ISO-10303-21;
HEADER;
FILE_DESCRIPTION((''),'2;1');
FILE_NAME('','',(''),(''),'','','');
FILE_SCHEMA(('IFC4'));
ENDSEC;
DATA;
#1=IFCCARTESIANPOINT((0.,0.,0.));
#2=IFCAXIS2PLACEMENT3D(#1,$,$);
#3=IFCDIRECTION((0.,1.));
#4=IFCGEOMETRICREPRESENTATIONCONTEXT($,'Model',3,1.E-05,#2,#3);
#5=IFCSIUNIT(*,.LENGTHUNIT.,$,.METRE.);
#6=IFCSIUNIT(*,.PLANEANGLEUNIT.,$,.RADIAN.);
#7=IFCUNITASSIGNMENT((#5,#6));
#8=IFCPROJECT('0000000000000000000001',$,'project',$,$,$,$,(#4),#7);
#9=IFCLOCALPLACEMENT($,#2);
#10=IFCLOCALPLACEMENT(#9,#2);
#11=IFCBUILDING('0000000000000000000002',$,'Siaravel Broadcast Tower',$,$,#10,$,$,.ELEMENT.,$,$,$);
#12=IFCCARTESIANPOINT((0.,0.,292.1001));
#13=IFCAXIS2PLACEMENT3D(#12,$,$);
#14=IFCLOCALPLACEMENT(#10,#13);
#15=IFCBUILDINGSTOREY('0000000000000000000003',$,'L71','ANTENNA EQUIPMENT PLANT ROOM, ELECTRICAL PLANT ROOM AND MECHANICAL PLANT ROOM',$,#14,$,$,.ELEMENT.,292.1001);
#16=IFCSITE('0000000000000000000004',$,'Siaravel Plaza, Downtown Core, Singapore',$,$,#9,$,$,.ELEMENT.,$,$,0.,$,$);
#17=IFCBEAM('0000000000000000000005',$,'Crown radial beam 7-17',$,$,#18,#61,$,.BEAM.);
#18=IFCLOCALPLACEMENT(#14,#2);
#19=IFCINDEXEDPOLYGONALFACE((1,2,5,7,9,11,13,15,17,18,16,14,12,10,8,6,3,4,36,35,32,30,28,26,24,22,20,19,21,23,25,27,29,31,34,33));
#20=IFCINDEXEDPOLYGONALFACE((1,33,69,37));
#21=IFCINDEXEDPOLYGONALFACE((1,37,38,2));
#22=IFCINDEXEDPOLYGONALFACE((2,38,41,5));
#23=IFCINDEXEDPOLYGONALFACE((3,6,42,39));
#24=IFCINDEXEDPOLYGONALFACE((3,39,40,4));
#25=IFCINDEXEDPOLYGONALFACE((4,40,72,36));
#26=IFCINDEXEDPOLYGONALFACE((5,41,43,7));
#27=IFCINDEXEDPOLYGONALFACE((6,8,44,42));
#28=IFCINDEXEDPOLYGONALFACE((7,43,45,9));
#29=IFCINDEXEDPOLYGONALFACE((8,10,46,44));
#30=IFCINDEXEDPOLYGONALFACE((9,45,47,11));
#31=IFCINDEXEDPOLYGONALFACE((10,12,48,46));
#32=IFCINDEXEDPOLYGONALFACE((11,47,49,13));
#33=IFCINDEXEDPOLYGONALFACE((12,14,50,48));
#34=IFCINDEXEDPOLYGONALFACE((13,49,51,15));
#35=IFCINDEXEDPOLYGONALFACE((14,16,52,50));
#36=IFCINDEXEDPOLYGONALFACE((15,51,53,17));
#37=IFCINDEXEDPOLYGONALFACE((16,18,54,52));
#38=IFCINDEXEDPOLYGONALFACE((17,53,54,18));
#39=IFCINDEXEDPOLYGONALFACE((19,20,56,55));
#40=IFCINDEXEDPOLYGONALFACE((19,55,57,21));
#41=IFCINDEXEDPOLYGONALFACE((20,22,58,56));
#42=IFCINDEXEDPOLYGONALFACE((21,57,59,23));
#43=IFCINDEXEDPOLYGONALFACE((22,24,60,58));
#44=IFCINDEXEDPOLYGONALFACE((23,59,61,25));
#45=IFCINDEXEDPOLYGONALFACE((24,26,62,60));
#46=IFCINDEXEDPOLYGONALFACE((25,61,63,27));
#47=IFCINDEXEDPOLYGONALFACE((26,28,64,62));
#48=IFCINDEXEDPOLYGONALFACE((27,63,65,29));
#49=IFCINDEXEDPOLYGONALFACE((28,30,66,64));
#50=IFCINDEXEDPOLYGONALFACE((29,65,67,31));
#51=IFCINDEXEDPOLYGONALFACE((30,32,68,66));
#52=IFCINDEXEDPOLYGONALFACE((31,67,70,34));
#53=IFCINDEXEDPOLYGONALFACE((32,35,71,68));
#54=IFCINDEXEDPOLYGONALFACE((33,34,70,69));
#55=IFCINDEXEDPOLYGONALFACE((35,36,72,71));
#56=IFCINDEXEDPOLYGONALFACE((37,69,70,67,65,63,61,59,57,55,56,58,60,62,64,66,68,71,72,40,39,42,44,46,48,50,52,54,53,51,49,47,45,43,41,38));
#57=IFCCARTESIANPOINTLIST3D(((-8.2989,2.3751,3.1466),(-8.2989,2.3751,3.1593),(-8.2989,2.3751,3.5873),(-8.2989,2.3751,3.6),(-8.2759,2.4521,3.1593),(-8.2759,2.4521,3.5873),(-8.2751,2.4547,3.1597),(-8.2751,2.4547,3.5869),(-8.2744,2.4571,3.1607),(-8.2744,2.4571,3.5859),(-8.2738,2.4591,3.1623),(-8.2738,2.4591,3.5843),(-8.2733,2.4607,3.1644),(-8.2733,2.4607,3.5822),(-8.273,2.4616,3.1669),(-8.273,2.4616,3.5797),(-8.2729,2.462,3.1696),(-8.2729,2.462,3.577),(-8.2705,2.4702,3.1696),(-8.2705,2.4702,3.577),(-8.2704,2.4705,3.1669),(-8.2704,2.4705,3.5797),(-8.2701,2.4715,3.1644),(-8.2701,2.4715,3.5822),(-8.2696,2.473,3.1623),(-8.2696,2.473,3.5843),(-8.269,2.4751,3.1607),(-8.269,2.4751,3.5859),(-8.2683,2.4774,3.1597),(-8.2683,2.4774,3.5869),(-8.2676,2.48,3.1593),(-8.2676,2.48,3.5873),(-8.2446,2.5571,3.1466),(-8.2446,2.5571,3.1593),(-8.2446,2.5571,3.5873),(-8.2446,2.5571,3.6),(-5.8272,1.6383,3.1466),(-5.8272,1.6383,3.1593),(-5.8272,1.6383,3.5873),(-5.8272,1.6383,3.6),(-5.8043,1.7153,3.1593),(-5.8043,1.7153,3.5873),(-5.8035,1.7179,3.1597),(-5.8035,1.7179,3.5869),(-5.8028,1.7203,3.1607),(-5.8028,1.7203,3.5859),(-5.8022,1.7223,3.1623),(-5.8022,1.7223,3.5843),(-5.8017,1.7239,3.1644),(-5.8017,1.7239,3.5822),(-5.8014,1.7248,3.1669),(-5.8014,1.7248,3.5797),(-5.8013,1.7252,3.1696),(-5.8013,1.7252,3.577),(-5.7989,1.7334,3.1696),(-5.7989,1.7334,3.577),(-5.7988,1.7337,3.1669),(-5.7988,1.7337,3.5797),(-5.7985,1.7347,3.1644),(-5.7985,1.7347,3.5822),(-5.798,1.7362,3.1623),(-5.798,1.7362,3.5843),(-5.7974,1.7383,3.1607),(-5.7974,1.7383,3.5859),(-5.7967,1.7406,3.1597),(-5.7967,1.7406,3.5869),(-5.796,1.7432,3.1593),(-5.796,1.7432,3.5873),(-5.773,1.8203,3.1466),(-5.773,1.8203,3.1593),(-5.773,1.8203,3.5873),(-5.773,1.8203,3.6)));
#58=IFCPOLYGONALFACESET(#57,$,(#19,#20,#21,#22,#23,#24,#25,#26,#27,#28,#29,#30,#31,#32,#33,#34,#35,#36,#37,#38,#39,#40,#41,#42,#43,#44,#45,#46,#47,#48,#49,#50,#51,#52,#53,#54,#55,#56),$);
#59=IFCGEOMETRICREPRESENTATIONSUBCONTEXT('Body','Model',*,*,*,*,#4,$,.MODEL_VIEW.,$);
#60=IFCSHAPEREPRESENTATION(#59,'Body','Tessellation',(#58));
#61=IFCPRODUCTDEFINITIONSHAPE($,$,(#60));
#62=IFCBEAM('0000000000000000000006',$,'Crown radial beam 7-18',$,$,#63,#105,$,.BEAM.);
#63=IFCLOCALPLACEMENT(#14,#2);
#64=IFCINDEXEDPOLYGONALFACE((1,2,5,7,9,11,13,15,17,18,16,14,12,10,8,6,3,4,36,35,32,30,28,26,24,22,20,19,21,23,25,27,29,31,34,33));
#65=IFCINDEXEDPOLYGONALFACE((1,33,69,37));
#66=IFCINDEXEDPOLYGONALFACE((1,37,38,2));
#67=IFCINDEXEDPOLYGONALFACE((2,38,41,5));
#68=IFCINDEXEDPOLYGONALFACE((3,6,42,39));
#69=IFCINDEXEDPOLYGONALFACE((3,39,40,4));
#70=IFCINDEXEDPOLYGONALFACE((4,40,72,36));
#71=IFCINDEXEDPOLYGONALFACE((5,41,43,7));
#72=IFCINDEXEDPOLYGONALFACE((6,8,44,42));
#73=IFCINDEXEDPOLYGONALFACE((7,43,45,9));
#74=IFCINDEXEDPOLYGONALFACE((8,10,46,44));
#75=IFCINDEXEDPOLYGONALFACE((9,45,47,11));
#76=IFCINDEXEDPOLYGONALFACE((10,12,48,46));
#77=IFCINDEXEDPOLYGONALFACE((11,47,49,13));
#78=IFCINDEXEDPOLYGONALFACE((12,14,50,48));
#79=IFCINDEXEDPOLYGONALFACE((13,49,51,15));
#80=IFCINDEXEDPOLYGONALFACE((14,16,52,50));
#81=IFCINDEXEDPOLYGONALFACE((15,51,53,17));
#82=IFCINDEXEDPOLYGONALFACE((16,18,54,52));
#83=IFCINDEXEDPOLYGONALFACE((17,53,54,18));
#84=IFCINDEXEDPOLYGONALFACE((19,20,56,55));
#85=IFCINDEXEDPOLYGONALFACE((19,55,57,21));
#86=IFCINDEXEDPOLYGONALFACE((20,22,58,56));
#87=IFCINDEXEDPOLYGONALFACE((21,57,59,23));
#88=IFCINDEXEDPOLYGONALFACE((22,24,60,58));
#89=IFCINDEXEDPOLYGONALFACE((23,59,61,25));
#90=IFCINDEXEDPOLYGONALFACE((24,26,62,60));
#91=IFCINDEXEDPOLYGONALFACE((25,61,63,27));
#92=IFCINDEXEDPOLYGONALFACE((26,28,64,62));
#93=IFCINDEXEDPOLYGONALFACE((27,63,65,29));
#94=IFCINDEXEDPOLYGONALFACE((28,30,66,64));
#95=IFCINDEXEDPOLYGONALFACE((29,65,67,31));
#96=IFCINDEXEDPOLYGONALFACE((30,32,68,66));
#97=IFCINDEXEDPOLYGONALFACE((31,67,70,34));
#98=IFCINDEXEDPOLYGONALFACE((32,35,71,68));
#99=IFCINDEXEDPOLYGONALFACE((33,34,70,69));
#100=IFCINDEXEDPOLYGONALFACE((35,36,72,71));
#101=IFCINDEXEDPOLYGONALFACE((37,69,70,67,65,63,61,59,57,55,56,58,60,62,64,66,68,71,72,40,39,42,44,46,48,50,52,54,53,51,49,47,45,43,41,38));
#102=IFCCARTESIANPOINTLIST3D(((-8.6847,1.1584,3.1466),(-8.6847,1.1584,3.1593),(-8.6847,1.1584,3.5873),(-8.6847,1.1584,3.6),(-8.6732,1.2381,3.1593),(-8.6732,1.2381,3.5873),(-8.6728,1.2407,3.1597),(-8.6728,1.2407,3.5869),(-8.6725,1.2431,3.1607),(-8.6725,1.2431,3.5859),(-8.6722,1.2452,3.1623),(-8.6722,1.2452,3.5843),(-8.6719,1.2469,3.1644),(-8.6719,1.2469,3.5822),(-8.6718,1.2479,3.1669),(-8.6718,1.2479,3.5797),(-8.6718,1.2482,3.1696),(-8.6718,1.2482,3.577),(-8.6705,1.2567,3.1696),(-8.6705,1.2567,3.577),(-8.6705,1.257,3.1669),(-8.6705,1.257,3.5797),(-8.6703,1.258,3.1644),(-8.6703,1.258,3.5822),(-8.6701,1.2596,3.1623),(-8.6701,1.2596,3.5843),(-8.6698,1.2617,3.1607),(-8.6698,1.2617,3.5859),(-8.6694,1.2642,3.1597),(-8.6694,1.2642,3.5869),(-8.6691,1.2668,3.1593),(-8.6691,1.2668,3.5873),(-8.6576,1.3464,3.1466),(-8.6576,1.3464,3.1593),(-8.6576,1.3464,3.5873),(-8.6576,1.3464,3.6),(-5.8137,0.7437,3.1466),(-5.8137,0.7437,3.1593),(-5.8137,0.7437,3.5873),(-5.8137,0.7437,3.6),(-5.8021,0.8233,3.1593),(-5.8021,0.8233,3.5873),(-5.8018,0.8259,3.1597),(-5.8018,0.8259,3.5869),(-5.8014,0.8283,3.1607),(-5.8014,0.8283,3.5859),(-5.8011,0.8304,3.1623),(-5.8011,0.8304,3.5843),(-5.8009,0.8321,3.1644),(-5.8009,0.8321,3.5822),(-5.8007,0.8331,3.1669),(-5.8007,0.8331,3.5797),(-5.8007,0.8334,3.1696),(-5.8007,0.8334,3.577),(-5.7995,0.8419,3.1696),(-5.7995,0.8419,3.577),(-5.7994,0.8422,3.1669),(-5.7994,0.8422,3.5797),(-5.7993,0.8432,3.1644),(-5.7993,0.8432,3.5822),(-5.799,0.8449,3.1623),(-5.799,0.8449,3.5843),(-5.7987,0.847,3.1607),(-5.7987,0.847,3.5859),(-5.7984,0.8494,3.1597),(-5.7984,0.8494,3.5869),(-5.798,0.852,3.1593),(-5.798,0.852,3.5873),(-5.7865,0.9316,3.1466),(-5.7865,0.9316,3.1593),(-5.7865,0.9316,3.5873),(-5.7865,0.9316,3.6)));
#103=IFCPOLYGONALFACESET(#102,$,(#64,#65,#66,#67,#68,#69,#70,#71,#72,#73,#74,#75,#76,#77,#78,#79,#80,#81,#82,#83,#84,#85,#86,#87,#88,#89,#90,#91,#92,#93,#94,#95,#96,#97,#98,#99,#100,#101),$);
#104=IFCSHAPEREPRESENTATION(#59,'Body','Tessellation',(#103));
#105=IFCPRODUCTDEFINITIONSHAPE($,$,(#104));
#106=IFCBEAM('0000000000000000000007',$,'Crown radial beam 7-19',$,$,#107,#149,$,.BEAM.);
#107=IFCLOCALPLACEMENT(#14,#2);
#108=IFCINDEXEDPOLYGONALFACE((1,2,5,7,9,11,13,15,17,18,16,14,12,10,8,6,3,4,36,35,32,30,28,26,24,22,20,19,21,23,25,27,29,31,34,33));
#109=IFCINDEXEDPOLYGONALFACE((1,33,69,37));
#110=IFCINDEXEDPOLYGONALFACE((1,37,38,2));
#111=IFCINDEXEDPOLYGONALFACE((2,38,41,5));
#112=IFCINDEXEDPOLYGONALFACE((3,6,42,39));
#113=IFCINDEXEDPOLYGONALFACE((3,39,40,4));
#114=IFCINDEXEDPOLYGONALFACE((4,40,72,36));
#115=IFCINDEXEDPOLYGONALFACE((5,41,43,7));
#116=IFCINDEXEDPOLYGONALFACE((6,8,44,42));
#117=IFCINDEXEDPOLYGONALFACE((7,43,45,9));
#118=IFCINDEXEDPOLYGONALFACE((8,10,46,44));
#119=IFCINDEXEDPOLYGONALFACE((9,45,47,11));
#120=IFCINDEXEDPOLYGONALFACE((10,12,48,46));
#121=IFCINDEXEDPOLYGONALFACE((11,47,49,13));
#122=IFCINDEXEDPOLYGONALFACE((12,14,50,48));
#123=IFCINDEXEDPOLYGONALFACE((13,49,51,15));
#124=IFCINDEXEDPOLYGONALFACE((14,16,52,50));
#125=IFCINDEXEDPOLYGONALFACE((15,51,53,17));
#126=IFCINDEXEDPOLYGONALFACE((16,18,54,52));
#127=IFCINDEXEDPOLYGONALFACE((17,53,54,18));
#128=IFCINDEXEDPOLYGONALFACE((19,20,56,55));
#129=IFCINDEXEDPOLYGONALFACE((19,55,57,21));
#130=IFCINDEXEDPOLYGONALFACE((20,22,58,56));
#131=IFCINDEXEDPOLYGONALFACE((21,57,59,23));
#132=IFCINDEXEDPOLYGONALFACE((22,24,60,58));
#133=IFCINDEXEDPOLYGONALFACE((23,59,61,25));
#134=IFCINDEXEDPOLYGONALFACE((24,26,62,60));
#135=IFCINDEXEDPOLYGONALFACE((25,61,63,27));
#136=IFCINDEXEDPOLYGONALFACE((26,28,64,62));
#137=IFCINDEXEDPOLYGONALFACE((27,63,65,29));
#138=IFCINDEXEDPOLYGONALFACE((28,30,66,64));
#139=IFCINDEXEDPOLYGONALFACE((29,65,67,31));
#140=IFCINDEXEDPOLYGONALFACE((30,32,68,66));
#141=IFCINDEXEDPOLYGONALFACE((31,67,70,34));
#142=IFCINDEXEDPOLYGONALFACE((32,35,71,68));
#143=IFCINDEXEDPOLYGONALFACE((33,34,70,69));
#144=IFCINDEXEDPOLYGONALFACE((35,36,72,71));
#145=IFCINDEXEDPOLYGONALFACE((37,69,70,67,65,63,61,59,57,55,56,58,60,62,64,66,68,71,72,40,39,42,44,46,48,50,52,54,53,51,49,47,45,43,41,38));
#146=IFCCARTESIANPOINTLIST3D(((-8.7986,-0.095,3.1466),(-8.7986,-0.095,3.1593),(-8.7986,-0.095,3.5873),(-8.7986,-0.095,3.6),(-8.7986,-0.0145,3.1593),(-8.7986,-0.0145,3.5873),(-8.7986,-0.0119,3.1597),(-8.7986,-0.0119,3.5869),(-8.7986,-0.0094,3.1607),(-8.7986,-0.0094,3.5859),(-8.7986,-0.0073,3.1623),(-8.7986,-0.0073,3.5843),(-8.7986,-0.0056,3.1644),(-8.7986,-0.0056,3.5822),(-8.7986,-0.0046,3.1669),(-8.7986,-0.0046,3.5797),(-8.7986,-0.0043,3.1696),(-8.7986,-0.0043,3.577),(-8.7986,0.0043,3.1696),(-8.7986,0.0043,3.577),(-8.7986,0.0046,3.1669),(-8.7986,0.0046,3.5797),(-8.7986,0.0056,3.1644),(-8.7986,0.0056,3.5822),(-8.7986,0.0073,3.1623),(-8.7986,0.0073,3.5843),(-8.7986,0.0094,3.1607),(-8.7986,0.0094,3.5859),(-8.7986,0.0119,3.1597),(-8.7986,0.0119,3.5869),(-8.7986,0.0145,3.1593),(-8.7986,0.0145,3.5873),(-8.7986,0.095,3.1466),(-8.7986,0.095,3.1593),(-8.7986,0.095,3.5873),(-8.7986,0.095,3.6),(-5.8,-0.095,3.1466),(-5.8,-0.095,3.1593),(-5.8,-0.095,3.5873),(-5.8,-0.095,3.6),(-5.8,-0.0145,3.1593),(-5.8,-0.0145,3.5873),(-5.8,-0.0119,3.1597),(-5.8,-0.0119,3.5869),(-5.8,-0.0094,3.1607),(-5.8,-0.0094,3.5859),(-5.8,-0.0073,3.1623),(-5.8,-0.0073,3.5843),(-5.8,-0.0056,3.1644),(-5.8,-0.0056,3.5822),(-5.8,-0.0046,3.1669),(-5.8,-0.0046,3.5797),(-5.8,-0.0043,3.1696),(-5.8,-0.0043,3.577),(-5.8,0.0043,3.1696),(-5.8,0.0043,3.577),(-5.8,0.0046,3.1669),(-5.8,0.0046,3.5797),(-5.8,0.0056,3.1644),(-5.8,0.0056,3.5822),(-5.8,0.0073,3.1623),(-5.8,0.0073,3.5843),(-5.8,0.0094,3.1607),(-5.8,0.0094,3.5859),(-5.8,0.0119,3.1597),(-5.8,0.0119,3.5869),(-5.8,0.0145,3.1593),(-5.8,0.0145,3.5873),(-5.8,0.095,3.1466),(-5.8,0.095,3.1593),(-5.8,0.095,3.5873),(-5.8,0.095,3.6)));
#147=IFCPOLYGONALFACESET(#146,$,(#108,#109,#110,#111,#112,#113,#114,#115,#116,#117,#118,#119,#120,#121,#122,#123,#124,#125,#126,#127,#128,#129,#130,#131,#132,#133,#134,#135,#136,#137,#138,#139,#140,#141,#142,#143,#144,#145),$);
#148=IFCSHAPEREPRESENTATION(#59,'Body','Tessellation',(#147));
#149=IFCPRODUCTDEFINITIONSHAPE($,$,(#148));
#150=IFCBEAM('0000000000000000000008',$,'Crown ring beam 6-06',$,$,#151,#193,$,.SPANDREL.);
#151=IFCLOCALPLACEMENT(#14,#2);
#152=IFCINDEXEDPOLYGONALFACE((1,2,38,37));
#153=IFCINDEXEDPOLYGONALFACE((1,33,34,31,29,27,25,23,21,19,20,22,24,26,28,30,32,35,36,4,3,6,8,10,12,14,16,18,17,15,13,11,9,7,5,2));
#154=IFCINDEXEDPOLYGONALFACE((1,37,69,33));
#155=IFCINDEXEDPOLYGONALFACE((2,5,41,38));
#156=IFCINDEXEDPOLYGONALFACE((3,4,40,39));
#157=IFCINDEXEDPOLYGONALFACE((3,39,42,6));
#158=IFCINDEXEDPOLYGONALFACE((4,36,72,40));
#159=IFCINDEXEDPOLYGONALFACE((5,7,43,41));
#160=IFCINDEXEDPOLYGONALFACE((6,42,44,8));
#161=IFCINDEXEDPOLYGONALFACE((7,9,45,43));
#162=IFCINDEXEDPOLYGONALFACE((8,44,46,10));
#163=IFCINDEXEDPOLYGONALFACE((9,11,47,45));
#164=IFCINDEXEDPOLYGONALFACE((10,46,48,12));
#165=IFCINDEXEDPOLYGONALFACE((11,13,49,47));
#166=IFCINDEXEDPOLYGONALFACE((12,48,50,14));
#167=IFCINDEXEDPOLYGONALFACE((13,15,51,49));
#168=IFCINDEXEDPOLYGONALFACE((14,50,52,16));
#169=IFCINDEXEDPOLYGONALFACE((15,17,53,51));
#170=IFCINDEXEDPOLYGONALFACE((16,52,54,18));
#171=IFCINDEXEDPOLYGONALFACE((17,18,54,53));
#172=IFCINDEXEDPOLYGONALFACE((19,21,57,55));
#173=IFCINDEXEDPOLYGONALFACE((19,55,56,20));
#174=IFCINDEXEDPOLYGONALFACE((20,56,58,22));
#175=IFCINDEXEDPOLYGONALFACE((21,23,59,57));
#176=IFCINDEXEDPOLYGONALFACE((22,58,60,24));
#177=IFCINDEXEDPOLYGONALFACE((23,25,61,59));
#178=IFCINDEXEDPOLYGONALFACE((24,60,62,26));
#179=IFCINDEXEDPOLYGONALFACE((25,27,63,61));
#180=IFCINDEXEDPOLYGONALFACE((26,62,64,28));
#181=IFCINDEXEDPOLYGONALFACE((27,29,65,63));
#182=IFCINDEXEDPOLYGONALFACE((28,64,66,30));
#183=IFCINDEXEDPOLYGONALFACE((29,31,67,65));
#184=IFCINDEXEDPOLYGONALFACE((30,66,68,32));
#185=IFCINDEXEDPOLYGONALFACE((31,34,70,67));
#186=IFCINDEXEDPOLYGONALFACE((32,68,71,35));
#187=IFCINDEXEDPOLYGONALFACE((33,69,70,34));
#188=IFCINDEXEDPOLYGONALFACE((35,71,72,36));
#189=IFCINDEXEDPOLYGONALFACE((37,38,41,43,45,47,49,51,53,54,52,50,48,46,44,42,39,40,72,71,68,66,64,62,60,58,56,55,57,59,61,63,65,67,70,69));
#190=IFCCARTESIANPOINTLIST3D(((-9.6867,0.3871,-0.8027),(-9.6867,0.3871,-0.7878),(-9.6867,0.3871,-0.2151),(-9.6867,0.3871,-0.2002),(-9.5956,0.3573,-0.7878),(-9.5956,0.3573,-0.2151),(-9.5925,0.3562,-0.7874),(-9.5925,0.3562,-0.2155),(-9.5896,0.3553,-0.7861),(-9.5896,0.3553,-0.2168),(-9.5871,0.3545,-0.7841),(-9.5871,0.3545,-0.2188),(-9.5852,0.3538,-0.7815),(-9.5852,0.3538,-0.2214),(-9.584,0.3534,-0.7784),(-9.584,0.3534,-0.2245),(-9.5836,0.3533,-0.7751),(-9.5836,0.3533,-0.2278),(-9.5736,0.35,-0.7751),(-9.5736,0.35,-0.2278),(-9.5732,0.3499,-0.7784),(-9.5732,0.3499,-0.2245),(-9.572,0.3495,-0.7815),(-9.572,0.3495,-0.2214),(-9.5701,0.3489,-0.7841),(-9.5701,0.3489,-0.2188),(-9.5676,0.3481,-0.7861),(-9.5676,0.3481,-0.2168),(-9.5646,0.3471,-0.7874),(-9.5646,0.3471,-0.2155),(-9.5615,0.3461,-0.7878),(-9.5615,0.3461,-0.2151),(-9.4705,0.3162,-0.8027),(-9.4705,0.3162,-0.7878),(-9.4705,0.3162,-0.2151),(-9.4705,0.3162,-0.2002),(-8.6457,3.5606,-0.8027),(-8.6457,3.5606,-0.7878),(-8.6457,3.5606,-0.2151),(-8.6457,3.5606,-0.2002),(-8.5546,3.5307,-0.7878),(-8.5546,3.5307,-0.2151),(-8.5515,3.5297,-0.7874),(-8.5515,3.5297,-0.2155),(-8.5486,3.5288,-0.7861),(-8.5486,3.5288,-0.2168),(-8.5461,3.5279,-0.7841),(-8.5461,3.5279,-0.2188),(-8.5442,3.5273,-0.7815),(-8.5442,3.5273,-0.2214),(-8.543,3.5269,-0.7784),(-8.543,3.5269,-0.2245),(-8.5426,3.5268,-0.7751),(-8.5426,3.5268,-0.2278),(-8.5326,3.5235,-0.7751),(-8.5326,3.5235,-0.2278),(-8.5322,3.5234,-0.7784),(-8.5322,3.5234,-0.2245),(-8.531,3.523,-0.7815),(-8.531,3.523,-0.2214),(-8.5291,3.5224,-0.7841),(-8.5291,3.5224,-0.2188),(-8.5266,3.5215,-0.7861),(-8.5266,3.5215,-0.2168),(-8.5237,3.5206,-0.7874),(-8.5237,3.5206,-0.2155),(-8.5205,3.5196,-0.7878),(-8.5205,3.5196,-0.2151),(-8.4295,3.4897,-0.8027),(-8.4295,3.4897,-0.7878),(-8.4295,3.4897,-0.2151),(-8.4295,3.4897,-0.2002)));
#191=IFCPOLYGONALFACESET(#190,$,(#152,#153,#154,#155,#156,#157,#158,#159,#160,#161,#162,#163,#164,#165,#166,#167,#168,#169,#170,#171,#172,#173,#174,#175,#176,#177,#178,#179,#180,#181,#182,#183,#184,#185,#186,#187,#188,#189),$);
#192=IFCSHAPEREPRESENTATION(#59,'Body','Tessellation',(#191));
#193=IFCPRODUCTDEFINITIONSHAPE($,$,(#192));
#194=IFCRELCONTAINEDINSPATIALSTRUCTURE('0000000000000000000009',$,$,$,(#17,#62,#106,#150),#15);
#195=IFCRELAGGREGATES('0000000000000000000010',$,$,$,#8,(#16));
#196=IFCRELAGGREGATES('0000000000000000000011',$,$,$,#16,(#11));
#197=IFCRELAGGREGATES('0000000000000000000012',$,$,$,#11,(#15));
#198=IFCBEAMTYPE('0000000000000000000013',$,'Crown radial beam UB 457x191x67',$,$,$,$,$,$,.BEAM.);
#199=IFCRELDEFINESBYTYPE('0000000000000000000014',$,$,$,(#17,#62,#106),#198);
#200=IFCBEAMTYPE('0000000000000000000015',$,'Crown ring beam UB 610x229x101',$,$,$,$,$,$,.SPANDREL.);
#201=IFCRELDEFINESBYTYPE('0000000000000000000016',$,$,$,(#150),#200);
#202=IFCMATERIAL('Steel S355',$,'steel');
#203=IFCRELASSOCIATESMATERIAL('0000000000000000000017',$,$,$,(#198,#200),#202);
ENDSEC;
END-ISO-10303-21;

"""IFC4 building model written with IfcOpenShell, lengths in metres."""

from ifc_helpers import new_model, si_unit, direction, frame, origin, origin_2d, place, context, subcontext, project, spatial, i_section, extrude, material, material_profile, profile_set, type_object, element, save


model = new_model("IFC4")

# Units and contexts
model_context = context("Model", 3, precision=1e-05, world=origin(), true_north=direction((0.0, 1.0)))
body_context = subcontext(model_context, "Body", "Model", "MODEL_VIEW")
ifc_project = project(units=[si_unit("LENGTHUNIT", "METRE"), si_unit("PLANEANGLEUNIT", "RADIAN")], contexts=[model_context])

# Site, building, storey
site_placement = place(None, origin())
site = spatial("IfcSite", under=ifc_project, at=site_placement, Name="Siaravel Plaza, Downtown Core, Singapore", CompositionType="ELEMENT", RefElevation=0.0)
building_placement = place(site_placement, origin())
building = spatial("IfcBuilding", under=site, at=building_placement, Name="Siaravel Broadcast Tower", CompositionType="ELEMENT")
storey_placement = place(building_placement, frame((0.0, 0.0, 292.1001)))
storey = spatial("IfcBuildingStorey", under=building, at=storey_placement, Name="L71", Description="ANTENNA EQUIPMENT PLANT ROOM, ELECTRICAL PLANT ROOM AND MECHANICAL PLANT ROOM", CompositionType="ELEMENT", Elevation=292.1001)

# Beams
ifc_material_1 = material(Name="Steel S355", Category="steel")
ifc_material_profile_1 = material_profile(ifc_material_1, i_section(OverallWidth=0.1899, OverallDepth=0.4534, WebThickness=0.0085, FlangeThickness=0.0127, FilletRadius=0.0103, at=origin_2d()))
ifc_profile_set_1 = profile_set([ifc_material_profile_1], Name="Steel S355")
beam_type_1 = type_object("IfcBeamType", Name="Crown radial beam UB 457x191x67", PredefinedType="BEAM", material=ifc_profile_set_1)
beam_1_placement = place(storey_placement, frame((-8.2717, 2.4661, 3.3733), z_axis=(0.958325, -0.28568, 0.0), x_axis=(0.28568, 0.958325, 0.0)))
element("IfcBeam", 1, at=beam_1_placement, inside=storey, type_object=beam_type_1, Name="Crown radial beam 7-17", PredefinedType="BEAM", context=body_context, shape_type="SweptSolid", body=[
    extrude(i_section(OverallWidth=0.1899, OverallDepth=0.4534, WebThickness=0.0085, FlangeThickness=0.0127, FilletRadius=0.0103, at=origin_2d()), origin(), (0.0, 0.0, 1.0), 2.5791),
])
beam_2_placement = place(storey_placement, frame((-8.6711, 1.2524, 3.3733), z_axis=(0.989724, -0.142988, 0.0), x_axis=(0.142988, 0.989724, 0.0)))
element("IfcBeam", 2, at=beam_2_placement, inside=storey, type_object=beam_type_1, Name="Crown radial beam 7-18", PredefinedType="BEAM", context=body_context, shape_type="SweptSolid", body=[
    extrude(i_section(OverallWidth=0.1899, OverallDepth=0.4534, WebThickness=0.0085, FlangeThickness=0.0127, FilletRadius=0.0103, at=origin_2d()), origin(), (0.0, 0.0, 1.0), 2.9009),
])
beam_3_placement = place(storey_placement, frame((-8.7986, 0.0, 3.3733), z_axis=(1.0, 0.0, 0.0), x_axis=(0.0, 1.0, 0.0)))
element("IfcBeam", 3, at=beam_3_placement, inside=storey, type_object=beam_type_1, Name="Crown radial beam 7-19", PredefinedType="BEAM", context=body_context, shape_type="SweptSolid", body=[
    extrude(i_section(OverallWidth=0.1899, OverallDepth=0.4534, WebThickness=0.0085, FlangeThickness=0.0127, FilletRadius=0.0103, at=origin_2d()), origin(), (0.0, 0.0, 1.0), 2.9985),
])
ifc_material_profile_2 = material_profile(ifc_material_1, i_section(OverallWidth=0.2275, OverallDepth=0.6025, WebThickness=0.0105, FlangeThickness=0.0149, FilletRadius=0.0127, at=origin_2d()))
ifc_profile_set_2 = profile_set([ifc_material_profile_2], Name="Steel S355")
beam_type_2 = type_object("IfcBeamType", Name="Crown ring beam UB 610x229x101", PredefinedType="SPANDREL", material=ifc_profile_set_2)
beam_4_placement = place(storey_placement, frame((-8.5376, 3.5251, -0.5015), z_axis=(-0.311685, -0.950186, 0.0), x_axis=(0.950186, -0.311685, 0.0)))
element("IfcBeam", 4, at=beam_4_placement, inside=storey, type_object=beam_type_2, Name="Crown ring beam 6-06", PredefinedType="SPANDREL", context=body_context, shape_type="SweptSolid", body=[
    extrude(i_section(OverallWidth=0.2275, OverallDepth=0.6025, WebThickness=0.0105, FlangeThickness=0.0149, FilletRadius=0.0127, at=origin_2d()), origin(), (0.0, 0.0, 1.0), 3.3398),
])

save(model, "model.ifc")
